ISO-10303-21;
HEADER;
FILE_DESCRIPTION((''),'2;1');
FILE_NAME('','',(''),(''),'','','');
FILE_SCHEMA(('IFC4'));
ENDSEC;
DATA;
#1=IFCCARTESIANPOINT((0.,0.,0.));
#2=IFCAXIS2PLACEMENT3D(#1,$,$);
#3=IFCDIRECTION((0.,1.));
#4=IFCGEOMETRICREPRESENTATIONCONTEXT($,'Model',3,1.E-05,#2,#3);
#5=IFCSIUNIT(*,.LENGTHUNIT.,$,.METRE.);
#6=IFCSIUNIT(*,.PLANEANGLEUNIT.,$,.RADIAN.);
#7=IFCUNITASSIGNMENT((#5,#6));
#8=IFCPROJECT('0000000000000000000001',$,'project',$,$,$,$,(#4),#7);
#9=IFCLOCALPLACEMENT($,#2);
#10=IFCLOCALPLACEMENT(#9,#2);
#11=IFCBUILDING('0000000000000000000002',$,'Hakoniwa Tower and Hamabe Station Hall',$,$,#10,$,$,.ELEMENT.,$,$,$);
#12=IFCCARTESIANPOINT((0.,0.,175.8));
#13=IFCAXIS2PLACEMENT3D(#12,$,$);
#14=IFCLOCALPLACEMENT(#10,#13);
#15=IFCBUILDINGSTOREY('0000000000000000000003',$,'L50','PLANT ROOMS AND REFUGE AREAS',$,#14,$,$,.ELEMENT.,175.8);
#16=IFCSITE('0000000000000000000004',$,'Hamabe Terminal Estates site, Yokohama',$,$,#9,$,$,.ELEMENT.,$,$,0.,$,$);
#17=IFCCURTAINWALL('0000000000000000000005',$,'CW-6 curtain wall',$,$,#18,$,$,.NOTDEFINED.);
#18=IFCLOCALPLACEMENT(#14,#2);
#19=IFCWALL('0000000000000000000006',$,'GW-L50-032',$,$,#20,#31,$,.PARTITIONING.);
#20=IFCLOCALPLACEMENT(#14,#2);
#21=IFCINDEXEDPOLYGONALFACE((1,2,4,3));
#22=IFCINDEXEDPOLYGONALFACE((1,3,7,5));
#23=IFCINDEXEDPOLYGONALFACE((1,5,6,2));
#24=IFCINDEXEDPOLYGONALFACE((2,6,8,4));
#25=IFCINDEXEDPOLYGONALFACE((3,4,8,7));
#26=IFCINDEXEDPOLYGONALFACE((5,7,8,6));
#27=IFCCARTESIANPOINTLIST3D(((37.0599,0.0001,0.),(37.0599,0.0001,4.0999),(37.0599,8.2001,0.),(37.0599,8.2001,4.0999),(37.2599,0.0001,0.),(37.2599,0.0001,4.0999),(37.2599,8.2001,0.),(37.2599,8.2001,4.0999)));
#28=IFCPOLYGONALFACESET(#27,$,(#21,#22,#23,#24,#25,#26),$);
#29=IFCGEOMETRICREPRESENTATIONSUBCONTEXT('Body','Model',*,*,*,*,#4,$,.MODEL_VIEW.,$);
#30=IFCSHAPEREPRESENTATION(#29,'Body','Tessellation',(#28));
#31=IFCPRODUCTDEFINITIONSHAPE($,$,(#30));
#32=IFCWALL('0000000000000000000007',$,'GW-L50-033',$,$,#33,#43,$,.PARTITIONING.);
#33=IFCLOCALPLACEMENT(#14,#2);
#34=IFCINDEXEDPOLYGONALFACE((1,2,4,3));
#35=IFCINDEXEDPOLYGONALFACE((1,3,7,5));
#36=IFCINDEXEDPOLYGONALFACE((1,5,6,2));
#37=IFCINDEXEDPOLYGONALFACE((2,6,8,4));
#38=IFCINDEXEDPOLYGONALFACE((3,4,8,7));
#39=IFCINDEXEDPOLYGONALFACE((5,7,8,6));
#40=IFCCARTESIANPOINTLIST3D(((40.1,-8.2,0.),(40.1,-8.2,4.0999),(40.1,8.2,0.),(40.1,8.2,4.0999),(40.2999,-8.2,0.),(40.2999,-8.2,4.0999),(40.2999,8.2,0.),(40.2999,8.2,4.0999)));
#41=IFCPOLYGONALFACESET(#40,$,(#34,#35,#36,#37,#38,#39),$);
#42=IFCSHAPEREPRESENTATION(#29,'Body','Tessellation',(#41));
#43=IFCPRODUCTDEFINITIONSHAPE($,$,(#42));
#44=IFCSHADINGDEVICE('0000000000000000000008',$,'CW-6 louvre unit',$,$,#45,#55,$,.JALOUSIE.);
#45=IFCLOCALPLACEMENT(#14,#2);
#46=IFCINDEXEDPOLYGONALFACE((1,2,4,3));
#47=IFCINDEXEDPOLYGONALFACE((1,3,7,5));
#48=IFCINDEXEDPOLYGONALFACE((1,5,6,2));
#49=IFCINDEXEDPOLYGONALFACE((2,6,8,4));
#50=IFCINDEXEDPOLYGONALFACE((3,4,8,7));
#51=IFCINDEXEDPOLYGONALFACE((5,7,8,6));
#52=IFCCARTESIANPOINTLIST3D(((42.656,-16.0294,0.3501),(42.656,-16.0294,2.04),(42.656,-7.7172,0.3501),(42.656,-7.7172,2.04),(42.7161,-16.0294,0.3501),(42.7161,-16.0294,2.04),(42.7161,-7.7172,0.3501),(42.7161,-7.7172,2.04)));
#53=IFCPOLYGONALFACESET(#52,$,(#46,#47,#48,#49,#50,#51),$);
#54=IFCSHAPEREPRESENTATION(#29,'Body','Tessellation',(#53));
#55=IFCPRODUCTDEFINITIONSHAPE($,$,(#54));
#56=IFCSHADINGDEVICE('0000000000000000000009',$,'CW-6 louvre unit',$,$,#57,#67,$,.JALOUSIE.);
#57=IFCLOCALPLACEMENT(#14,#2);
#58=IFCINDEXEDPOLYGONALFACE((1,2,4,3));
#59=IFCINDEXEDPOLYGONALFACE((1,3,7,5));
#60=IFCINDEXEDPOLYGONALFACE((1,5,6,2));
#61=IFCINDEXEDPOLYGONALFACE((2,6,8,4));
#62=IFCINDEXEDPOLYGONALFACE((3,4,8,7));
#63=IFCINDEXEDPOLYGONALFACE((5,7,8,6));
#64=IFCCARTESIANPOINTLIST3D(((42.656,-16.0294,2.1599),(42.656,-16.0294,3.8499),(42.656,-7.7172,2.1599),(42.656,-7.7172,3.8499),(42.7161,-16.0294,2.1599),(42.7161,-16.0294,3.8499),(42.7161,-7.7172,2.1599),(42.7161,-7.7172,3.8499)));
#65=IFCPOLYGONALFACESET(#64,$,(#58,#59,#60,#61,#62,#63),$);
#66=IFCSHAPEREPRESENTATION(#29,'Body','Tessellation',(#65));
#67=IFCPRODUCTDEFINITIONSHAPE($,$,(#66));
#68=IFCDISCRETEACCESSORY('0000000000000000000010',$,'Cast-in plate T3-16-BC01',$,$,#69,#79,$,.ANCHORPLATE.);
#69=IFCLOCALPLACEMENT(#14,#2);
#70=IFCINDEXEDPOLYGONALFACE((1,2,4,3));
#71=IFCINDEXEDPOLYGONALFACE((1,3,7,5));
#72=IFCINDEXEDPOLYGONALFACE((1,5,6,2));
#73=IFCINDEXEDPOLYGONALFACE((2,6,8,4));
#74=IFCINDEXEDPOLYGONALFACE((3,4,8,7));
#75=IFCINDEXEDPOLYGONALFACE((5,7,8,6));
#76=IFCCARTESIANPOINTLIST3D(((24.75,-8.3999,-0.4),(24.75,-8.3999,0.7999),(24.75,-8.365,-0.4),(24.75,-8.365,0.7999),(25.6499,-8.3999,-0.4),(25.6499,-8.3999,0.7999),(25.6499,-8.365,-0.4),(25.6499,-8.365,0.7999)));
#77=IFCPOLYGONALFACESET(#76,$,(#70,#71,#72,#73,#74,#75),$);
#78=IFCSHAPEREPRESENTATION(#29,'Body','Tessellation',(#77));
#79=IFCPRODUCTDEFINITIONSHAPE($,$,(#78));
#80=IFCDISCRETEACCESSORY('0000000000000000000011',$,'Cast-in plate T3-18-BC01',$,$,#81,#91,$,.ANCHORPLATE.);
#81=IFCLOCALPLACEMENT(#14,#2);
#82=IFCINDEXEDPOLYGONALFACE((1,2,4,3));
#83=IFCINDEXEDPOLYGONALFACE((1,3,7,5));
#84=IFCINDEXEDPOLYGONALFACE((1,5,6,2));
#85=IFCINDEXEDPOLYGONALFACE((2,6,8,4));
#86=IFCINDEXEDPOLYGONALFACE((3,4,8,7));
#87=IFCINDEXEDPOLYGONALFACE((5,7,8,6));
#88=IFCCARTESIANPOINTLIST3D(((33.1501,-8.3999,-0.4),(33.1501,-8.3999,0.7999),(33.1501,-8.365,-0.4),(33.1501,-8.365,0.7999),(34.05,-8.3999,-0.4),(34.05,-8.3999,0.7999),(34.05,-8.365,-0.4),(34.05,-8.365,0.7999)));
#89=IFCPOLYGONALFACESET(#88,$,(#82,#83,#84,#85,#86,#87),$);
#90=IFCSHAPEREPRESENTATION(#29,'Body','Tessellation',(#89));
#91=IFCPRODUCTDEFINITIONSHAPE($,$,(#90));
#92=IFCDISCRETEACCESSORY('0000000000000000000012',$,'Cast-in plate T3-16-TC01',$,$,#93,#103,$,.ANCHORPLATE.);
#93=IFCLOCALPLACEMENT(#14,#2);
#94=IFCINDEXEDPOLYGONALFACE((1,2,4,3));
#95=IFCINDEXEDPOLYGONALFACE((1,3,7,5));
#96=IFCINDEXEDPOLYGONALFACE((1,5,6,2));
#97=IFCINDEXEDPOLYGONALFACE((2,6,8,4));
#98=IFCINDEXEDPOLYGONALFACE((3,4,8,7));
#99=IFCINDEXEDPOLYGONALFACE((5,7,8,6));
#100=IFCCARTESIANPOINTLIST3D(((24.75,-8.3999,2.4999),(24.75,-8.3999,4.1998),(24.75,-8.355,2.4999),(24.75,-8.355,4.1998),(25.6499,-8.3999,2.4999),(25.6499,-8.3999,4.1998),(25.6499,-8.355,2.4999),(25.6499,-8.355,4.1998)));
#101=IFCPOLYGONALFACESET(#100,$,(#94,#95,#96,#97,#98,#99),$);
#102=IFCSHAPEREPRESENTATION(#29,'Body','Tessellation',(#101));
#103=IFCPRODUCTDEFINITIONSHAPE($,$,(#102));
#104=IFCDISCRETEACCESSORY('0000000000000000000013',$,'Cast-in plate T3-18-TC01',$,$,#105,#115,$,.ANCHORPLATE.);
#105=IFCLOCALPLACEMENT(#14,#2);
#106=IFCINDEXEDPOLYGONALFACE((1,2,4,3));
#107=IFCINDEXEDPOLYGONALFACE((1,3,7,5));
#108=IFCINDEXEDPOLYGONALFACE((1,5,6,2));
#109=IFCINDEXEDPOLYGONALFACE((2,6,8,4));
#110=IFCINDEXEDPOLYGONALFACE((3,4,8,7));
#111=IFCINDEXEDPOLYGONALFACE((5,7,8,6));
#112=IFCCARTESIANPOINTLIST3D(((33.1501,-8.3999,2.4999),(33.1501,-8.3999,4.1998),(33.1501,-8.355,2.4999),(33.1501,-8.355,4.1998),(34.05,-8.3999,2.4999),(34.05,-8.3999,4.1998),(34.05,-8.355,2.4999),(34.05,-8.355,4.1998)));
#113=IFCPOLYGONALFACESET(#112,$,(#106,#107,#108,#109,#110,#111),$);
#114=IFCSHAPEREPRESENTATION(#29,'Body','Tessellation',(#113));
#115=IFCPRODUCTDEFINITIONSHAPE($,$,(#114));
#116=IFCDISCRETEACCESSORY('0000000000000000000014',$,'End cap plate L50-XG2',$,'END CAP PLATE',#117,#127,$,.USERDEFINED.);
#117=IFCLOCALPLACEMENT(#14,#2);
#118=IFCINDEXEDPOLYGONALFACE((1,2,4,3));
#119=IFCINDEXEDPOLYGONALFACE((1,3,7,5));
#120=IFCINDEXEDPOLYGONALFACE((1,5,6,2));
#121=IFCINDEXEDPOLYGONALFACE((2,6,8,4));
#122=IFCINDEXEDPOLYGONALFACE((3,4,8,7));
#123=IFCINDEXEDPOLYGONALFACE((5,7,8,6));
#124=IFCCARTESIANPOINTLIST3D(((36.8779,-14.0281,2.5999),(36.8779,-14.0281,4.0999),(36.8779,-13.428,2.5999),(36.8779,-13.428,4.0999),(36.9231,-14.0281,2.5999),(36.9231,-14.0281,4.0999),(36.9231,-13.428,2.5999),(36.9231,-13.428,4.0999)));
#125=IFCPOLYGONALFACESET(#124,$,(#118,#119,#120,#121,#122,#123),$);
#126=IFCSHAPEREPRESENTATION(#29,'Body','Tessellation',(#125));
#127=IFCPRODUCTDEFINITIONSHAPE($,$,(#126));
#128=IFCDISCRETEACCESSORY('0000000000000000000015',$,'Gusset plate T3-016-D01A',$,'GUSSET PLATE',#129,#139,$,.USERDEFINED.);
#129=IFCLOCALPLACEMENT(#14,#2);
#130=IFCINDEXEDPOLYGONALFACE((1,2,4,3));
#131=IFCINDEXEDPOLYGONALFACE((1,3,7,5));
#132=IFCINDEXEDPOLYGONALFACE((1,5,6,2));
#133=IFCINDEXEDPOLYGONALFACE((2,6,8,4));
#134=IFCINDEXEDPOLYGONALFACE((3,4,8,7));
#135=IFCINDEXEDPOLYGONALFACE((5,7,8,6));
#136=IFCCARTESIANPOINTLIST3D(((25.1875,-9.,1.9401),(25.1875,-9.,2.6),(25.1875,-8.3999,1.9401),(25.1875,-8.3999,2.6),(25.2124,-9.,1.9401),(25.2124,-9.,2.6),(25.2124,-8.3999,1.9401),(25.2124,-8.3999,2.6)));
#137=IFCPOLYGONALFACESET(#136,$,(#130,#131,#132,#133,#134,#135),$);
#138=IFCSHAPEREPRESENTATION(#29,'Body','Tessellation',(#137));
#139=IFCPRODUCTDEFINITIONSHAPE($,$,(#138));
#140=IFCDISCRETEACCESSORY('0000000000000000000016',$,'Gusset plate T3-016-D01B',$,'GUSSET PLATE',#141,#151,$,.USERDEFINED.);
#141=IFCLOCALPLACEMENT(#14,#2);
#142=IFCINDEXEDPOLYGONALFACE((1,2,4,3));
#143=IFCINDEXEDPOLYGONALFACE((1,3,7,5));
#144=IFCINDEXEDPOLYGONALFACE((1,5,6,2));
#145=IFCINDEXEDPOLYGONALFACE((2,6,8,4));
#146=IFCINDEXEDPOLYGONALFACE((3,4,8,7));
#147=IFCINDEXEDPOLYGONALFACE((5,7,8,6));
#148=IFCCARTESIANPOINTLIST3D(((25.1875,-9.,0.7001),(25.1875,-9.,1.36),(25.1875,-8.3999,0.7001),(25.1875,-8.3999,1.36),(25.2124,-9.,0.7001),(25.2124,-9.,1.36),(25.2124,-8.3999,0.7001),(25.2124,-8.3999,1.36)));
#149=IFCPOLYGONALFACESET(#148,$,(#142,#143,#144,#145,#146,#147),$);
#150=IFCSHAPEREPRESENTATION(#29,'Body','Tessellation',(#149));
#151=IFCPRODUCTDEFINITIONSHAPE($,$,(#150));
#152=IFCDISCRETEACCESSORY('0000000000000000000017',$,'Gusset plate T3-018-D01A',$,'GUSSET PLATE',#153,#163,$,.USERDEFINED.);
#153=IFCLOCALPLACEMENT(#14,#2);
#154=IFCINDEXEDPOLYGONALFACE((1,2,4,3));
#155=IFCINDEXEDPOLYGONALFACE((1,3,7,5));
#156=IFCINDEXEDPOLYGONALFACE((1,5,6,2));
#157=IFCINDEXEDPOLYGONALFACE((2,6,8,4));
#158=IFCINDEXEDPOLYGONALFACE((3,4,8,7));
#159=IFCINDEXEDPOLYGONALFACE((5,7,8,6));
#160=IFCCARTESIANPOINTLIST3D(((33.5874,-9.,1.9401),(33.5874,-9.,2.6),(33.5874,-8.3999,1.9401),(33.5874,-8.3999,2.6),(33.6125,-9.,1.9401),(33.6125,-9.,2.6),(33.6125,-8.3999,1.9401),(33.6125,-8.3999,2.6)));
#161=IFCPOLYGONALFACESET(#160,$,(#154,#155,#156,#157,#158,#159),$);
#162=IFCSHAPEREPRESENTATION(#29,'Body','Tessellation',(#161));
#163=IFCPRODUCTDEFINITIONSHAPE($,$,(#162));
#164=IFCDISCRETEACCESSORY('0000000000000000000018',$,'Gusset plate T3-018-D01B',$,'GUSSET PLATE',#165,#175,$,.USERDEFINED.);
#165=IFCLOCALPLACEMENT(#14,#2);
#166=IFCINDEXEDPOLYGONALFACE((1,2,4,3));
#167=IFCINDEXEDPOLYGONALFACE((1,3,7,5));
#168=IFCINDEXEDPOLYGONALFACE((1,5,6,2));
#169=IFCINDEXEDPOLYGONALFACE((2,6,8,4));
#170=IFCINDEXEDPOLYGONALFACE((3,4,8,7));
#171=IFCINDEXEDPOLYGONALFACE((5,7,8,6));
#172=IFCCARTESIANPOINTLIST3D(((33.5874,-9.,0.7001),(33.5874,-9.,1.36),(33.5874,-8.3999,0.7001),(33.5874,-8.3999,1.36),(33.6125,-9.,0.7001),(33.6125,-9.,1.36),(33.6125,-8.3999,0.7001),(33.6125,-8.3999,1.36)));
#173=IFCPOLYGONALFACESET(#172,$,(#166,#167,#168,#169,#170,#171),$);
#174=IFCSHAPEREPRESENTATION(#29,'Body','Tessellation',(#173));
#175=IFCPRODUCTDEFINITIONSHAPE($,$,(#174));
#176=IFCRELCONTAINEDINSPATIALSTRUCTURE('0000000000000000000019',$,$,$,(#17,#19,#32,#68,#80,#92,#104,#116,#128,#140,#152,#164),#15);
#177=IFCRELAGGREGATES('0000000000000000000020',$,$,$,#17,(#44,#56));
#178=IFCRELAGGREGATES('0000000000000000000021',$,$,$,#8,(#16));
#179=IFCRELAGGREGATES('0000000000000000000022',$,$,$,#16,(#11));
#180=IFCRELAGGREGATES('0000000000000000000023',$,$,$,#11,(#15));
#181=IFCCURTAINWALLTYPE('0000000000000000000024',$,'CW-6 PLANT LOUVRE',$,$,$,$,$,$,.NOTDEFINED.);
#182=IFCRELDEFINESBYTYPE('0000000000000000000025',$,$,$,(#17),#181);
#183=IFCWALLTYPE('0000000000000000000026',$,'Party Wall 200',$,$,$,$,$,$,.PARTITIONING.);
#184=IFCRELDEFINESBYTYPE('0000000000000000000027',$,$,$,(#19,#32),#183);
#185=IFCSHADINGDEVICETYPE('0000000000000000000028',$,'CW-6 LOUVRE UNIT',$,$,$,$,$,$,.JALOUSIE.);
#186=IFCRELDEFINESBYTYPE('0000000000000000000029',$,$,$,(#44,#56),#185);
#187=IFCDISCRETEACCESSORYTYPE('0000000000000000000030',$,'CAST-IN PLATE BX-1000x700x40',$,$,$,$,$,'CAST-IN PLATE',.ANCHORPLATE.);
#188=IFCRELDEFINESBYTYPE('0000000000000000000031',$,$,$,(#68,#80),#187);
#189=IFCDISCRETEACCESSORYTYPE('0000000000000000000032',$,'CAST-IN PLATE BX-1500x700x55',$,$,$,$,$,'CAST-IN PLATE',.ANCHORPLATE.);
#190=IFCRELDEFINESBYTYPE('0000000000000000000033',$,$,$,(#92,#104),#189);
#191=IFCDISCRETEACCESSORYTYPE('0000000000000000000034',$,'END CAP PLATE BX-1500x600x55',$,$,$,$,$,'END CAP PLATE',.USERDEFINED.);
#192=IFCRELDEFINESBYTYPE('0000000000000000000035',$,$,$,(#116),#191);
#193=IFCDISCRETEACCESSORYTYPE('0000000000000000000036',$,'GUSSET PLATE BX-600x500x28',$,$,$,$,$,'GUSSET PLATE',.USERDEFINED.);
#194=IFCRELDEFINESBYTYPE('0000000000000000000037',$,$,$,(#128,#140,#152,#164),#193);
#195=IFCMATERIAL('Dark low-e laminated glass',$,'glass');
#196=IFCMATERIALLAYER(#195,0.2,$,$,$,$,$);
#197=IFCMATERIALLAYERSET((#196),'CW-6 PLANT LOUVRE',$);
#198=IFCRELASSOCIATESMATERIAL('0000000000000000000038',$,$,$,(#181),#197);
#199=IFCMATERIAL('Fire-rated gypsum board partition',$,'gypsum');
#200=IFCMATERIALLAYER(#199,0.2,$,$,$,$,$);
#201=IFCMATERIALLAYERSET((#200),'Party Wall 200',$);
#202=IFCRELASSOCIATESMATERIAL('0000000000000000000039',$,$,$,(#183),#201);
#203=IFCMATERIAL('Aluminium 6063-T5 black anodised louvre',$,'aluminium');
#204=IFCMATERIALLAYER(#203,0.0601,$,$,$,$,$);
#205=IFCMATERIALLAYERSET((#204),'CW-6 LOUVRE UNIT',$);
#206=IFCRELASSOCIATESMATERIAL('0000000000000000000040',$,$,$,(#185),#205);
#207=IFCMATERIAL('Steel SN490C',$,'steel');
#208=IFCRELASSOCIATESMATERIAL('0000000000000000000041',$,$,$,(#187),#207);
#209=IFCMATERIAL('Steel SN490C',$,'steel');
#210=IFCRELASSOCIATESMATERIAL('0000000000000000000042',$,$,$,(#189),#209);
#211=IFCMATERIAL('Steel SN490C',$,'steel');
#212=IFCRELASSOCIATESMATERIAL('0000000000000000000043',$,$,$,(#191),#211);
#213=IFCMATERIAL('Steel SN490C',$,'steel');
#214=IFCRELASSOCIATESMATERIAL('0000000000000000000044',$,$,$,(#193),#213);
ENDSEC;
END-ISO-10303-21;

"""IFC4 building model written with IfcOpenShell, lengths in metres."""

from ifc_helpers import new_model, si_unit, direction, frame, frame_2d, origin, origin_2d, place, context, subcontext, project, spatial, rectangle, extrude, material, layer, layer_set, material_profile, profile_set, type_object, element, aggregate, save


model = new_model("IFC4")

# Units and contexts
model_context = context("Model", 3, precision=1e-05, world=origin(), true_north=direction((0.0, 1.0)))
body_context = subcontext(model_context, "Body", "Model", "MODEL_VIEW")
ifc_project = project(units=[si_unit("LENGTHUNIT", "METRE"), si_unit("PLANEANGLEUNIT", "RADIAN")], contexts=[model_context])

# Site, building, storey
site_placement = place(None, origin())
site = spatial("IfcSite", under=ifc_project, at=site_placement, Name="Hamabe Terminal Estates site, Yokohama", CompositionType="ELEMENT", RefElevation=0.0)
building_placement = place(site_placement, origin())
building = spatial("IfcBuilding", under=site, at=building_placement, Name="Hakoniwa Tower and Hamabe Station Hall", CompositionType="ELEMENT")
storey_placement = place(building_placement, frame((0.0, 0.0, 175.8)))
storey = spatial("IfcBuildingStorey", under=building, at=storey_placement, Name="L50", Description="PLANT ROOMS AND REFUGE AREAS", CompositionType="ELEMENT", Elevation=175.8)

# Curtain wall
ifc_material_1 = material(Name="Dark low-e laminated glass", Category="glass")
ifc_layer_1 = layer(ifc_material_1, 0.2)
ifc_layer_set_1 = layer_set([ifc_layer_1], Name="CW-6 PLANT LOUVRE")
curtain_wall_type = type_object("IfcCurtainWallType", Name="CW-6 PLANT LOUVRE", PredefinedType="NOTDEFINED", material=ifc_layer_set_1)
curtain_wall_placement = place(storey_placement, origin())
curtain_wall = element("IfcCurtainWall", 1, at=curtain_wall_placement, inside=storey, type_object=curtain_wall_type, Name="CW-6 curtain wall", PredefinedType="NOTDEFINED")

# Walls
ifc_material_2 = material(Name="Fire-rated gypsum board partition", Category="gypsum")
ifc_layer_2 = layer(ifc_material_2, 0.2)
ifc_layer_set_2 = layer_set([ifc_layer_2], Name="Party Wall 200")
wall_type_1 = type_object("IfcWallType", Name="Party Wall 200", PredefinedType="PARTITIONING", material=ifc_layer_set_2)
wall_1_placement = place(storey_placement, frame((37.1599, 0.0, 0.0), z_axis=(0.0, 0.0, 1.0), x_axis=(0.0, 1.0, 0.0)))
element("IfcWall", 2, at=wall_1_placement, inside=storey, type_object=wall_type_1, Name="GW-L50-032", PredefinedType="PARTITIONING", context=body_context, shape_type="SweptSolid", body=[
    extrude(rectangle(XDim=8.2, YDim=0.2, at=frame_2d((4.1001, 0.0))), origin(), (0.0, 0.0, 1.0), 4.0999),
])
wall_2_placement = place(storey_placement, frame((40.2, -8.2, 0.0), z_axis=(0.0, 0.0, 1.0), x_axis=(0.0, 1.0, 0.0)))
element("IfcWall", 3, at=wall_2_placement, inside=storey, type_object=wall_type_1, Name="GW-L50-033", PredefinedType="PARTITIONING", context=body_context, shape_type="SweptSolid", body=[
    extrude(rectangle(XDim=16.3999, YDim=0.2, at=frame_2d((8.2, 0.0))), origin(), (0.0, 0.0, 1.0), 4.0999),
])

# Shading devices
ifc_material_3 = material(Name="Aluminium 6063-T5 black anodised louvre", Category="aluminium")
ifc_layer_3 = layer(ifc_material_3, 0.0601)
ifc_layer_set_3 = layer_set([ifc_layer_3], Name="CW-6 LOUVRE UNIT")
shading_device_type = type_object("IfcShadingDeviceType", Name="CW-6 LOUVRE UNIT", PredefinedType="JALOUSIE", material=ifc_layer_set_3)
shading_device_1_placement = place(storey_placement, frame((42.686, -11.8733, 0.3501), z_axis=(0.0, 0.0, 1.0), x_axis=(0.0, 1.0, 0.0)))
shading_device_1 = element("IfcShadingDevice", 4, at=shading_device_1_placement, type_object=shading_device_type, Name="CW-6 louvre unit", PredefinedType="JALOUSIE", context=body_context, shape_type="SweptSolid", body=[
    extrude(rectangle(XDim=8.3123, YDim=0.0601, at=origin_2d()), origin(), (0.0, 0.0, 1.0), 1.6899),
])
shading_device_2_placement = place(storey_placement, frame((42.686, -11.8733, 2.1599), z_axis=(0.0, 0.0, 1.0), x_axis=(0.0, 1.0, 0.0)))
shading_device_2 = element("IfcShadingDevice", 5, at=shading_device_2_placement, type_object=shading_device_type, Name="CW-6 louvre unit", PredefinedType="JALOUSIE", context=body_context, shape_type="SweptSolid", body=[
    extrude(rectangle(XDim=8.3123, YDim=0.0601, at=origin_2d()), origin(), (0.0, 0.0, 1.0), 1.6899),
])
aggregate(curtain_wall, [shading_device_1, shading_device_2])

# Discrete accessories
ifc_material_4 = material(Name="Steel SN490C", Category="steel")
ifc_material_profile_1 = material_profile(ifc_material_4, rectangle(XDim=0.8999, YDim=1.2, at=origin_2d()), Name="CAST-IN PLATE BX-1000x700x40")
ifc_profile_set_1 = profile_set([ifc_material_profile_1], Name="Steel SN490C")
discrete_accessory_type_1 = type_object("IfcDiscreteAccessoryType", Name="CAST-IN PLATE BX-1000x700x40", ElementType="CAST-IN PLATE", PredefinedType="ANCHORPLATE", material=ifc_profile_set_1)
for number, where, z_axis, x_axis, name in (
    (6, (25.2, -8.365, 0.2), (0.0, -1.0, 0.0), (1.0, 0.0, 0.0), "Cast-in plate T3-16-BC01"),
    (7, (33.6001, -8.365, 0.2), (0.0, -1.0, 0.0), (1.0, 0.0, 0.0), "Cast-in plate T3-18-BC01"),
):
    element("IfcDiscreteAccessory", number, at=place(storey_placement, frame(where, z_axis=z_axis, x_axis=x_axis)), inside=storey, type_object=discrete_accessory_type_1, Name=name, PredefinedType="ANCHORPLATE", context=body_context, shape_type="SweptSolid", body=[
        extrude(rectangle(XDim=0.8999, YDim=1.2, at=origin_2d()), origin(), (0.0, 0.0, 1.0), 0.0349),
    ])
ifc_material_5 = material(Name="Steel SN490C", Category="steel")
ifc_material_profile_2 = material_profile(ifc_material_5, rectangle(XDim=0.8999, YDim=1.7, at=origin_2d()), Name="CAST-IN PLATE BX-1500x700x55")
ifc_profile_set_2 = profile_set([ifc_material_profile_2], Name="Steel SN490C")
discrete_accessory_type_2 = type_object("IfcDiscreteAccessoryType", Name="CAST-IN PLATE BX-1500x700x55", ElementType="CAST-IN PLATE", PredefinedType="ANCHORPLATE", material=ifc_profile_set_2)
for number, where, z_axis, x_axis, name in (
    (8, (25.2, -8.355, 3.3499), (0.0, -1.0, 0.0), (1.0, 0.0, 0.0), "Cast-in plate T3-16-TC01"),
    (9, (33.6001, -8.355, 3.3499), (0.0, -1.0, 0.0), (1.0, 0.0, 0.0), "Cast-in plate T3-18-TC01"),
):
    element("IfcDiscreteAccessory", number, at=place(storey_placement, frame(where, z_axis=z_axis, x_axis=x_axis)), inside=storey, type_object=discrete_accessory_type_2, Name=name, PredefinedType="ANCHORPLATE", context=body_context, shape_type="SweptSolid", body=[
        extrude(rectangle(XDim=0.8999, YDim=1.7, at=origin_2d()), origin(), (0.0, 0.0, 1.0), 0.0449),
    ])
ifc_material_6 = material(Name="Steel SN490C", Category="steel")
ifc_material_profile_3 = material_profile(ifc_material_6, rectangle(XDim=0.6001, YDim=1.5, at=origin_2d()), Name="END CAP PLATE BX-1500x600x55")
ifc_profile_set_3 = profile_set([ifc_material_profile_3], Name="Steel SN490C")
discrete_accessory_type_3 = type_object("IfcDiscreteAccessoryType", Name="END CAP PLATE BX-1500x600x55", ElementType="END CAP PLATE", PredefinedType="USERDEFINED", material=ifc_profile_set_3)
discrete_accessory_placement = place(storey_placement, frame((36.8779, -13.728, 3.3499), z_axis=(1.0, 0.0, 0.0), x_axis=(0.0, 1.0, 0.0)))
element("IfcDiscreteAccessory", 10, at=discrete_accessory_placement, inside=storey, type_object=discrete_accessory_type_3, Name="End cap plate L50-XG2", ObjectType="END CAP PLATE", PredefinedType="USERDEFINED", context=body_context, shape_type="SweptSolid", body=[
    extrude(rectangle(XDim=0.6001, YDim=1.5, at=origin_2d()), origin(), (0.0, 0.0, 1.0), 0.0452),
])
ifc_material_7 = material(Name="Steel SN490C", Category="steel")
ifc_material_profile_4 = material_profile(ifc_material_7, rectangle(XDim=0.6001, YDim=0.6599, at=origin_2d()), Name="GUSSET PLATE BX-600x500x28")
ifc_profile_set_4 = profile_set([ifc_material_profile_4], Name="Steel SN490C")
discrete_accessory_type_4 = type_object("IfcDiscreteAccessoryType", Name="GUSSET PLATE BX-600x500x28", ElementType="GUSSET PLATE", PredefinedType="USERDEFINED", material=ifc_profile_set_4)
for number, where, z_axis, x_axis, name in (
    (11, (25.2124, -8.7, 2.27), (-1.0, 0.0, 0.0), (0.0, -1.0, 0.0), "Gusset plate T3-016-D01A"),
    (12, (25.2124, -8.7, 1.03), (-1.0, 0.0, 0.0), (0.0, -1.0, 0.0), "Gusset plate T3-016-D01B"),
):
    element("IfcDiscreteAccessory", number, at=place(storey_placement, frame(where, z_axis=z_axis, x_axis=x_axis)), inside=storey, type_object=discrete_accessory_type_4, Name=name, ObjectType="GUSSET PLATE", PredefinedType="USERDEFINED", context=body_context, shape_type="SweptSolid", body=[
        extrude(rectangle(XDim=0.6001, YDim=0.6599, at=origin_2d()), origin(), (0.0, 0.0, 1.0), 0.0249),
    ])
for number, where, z_axis, x_axis, name in (
    (13, (33.6125, -8.7, 2.27), (-1.0, 0.0, 0.0), (0.0, -1.0, 0.0), "Gusset plate T3-018-D01A"),
    (14, (33.6125, -8.7, 1.03), (-1.0, 0.0, 0.0), (0.0, -1.0, 0.0), "Gusset plate T3-018-D01B"),
):
    element("IfcDiscreteAccessory", number, at=place(storey_placement, frame(where, z_axis=z_axis, x_axis=x_axis)), inside=storey, type_object=discrete_accessory_type_4, Name=name, ObjectType="GUSSET PLATE", PredefinedType="USERDEFINED", context=body_context, shape_type="SweptSolid", body=[
        extrude(rectangle(XDim=0.6001, YDim=0.6599, at=origin_2d()), origin(), (0.0, 0.0, 1.0), 0.0251),
    ])

save(model, "model.ifc")
